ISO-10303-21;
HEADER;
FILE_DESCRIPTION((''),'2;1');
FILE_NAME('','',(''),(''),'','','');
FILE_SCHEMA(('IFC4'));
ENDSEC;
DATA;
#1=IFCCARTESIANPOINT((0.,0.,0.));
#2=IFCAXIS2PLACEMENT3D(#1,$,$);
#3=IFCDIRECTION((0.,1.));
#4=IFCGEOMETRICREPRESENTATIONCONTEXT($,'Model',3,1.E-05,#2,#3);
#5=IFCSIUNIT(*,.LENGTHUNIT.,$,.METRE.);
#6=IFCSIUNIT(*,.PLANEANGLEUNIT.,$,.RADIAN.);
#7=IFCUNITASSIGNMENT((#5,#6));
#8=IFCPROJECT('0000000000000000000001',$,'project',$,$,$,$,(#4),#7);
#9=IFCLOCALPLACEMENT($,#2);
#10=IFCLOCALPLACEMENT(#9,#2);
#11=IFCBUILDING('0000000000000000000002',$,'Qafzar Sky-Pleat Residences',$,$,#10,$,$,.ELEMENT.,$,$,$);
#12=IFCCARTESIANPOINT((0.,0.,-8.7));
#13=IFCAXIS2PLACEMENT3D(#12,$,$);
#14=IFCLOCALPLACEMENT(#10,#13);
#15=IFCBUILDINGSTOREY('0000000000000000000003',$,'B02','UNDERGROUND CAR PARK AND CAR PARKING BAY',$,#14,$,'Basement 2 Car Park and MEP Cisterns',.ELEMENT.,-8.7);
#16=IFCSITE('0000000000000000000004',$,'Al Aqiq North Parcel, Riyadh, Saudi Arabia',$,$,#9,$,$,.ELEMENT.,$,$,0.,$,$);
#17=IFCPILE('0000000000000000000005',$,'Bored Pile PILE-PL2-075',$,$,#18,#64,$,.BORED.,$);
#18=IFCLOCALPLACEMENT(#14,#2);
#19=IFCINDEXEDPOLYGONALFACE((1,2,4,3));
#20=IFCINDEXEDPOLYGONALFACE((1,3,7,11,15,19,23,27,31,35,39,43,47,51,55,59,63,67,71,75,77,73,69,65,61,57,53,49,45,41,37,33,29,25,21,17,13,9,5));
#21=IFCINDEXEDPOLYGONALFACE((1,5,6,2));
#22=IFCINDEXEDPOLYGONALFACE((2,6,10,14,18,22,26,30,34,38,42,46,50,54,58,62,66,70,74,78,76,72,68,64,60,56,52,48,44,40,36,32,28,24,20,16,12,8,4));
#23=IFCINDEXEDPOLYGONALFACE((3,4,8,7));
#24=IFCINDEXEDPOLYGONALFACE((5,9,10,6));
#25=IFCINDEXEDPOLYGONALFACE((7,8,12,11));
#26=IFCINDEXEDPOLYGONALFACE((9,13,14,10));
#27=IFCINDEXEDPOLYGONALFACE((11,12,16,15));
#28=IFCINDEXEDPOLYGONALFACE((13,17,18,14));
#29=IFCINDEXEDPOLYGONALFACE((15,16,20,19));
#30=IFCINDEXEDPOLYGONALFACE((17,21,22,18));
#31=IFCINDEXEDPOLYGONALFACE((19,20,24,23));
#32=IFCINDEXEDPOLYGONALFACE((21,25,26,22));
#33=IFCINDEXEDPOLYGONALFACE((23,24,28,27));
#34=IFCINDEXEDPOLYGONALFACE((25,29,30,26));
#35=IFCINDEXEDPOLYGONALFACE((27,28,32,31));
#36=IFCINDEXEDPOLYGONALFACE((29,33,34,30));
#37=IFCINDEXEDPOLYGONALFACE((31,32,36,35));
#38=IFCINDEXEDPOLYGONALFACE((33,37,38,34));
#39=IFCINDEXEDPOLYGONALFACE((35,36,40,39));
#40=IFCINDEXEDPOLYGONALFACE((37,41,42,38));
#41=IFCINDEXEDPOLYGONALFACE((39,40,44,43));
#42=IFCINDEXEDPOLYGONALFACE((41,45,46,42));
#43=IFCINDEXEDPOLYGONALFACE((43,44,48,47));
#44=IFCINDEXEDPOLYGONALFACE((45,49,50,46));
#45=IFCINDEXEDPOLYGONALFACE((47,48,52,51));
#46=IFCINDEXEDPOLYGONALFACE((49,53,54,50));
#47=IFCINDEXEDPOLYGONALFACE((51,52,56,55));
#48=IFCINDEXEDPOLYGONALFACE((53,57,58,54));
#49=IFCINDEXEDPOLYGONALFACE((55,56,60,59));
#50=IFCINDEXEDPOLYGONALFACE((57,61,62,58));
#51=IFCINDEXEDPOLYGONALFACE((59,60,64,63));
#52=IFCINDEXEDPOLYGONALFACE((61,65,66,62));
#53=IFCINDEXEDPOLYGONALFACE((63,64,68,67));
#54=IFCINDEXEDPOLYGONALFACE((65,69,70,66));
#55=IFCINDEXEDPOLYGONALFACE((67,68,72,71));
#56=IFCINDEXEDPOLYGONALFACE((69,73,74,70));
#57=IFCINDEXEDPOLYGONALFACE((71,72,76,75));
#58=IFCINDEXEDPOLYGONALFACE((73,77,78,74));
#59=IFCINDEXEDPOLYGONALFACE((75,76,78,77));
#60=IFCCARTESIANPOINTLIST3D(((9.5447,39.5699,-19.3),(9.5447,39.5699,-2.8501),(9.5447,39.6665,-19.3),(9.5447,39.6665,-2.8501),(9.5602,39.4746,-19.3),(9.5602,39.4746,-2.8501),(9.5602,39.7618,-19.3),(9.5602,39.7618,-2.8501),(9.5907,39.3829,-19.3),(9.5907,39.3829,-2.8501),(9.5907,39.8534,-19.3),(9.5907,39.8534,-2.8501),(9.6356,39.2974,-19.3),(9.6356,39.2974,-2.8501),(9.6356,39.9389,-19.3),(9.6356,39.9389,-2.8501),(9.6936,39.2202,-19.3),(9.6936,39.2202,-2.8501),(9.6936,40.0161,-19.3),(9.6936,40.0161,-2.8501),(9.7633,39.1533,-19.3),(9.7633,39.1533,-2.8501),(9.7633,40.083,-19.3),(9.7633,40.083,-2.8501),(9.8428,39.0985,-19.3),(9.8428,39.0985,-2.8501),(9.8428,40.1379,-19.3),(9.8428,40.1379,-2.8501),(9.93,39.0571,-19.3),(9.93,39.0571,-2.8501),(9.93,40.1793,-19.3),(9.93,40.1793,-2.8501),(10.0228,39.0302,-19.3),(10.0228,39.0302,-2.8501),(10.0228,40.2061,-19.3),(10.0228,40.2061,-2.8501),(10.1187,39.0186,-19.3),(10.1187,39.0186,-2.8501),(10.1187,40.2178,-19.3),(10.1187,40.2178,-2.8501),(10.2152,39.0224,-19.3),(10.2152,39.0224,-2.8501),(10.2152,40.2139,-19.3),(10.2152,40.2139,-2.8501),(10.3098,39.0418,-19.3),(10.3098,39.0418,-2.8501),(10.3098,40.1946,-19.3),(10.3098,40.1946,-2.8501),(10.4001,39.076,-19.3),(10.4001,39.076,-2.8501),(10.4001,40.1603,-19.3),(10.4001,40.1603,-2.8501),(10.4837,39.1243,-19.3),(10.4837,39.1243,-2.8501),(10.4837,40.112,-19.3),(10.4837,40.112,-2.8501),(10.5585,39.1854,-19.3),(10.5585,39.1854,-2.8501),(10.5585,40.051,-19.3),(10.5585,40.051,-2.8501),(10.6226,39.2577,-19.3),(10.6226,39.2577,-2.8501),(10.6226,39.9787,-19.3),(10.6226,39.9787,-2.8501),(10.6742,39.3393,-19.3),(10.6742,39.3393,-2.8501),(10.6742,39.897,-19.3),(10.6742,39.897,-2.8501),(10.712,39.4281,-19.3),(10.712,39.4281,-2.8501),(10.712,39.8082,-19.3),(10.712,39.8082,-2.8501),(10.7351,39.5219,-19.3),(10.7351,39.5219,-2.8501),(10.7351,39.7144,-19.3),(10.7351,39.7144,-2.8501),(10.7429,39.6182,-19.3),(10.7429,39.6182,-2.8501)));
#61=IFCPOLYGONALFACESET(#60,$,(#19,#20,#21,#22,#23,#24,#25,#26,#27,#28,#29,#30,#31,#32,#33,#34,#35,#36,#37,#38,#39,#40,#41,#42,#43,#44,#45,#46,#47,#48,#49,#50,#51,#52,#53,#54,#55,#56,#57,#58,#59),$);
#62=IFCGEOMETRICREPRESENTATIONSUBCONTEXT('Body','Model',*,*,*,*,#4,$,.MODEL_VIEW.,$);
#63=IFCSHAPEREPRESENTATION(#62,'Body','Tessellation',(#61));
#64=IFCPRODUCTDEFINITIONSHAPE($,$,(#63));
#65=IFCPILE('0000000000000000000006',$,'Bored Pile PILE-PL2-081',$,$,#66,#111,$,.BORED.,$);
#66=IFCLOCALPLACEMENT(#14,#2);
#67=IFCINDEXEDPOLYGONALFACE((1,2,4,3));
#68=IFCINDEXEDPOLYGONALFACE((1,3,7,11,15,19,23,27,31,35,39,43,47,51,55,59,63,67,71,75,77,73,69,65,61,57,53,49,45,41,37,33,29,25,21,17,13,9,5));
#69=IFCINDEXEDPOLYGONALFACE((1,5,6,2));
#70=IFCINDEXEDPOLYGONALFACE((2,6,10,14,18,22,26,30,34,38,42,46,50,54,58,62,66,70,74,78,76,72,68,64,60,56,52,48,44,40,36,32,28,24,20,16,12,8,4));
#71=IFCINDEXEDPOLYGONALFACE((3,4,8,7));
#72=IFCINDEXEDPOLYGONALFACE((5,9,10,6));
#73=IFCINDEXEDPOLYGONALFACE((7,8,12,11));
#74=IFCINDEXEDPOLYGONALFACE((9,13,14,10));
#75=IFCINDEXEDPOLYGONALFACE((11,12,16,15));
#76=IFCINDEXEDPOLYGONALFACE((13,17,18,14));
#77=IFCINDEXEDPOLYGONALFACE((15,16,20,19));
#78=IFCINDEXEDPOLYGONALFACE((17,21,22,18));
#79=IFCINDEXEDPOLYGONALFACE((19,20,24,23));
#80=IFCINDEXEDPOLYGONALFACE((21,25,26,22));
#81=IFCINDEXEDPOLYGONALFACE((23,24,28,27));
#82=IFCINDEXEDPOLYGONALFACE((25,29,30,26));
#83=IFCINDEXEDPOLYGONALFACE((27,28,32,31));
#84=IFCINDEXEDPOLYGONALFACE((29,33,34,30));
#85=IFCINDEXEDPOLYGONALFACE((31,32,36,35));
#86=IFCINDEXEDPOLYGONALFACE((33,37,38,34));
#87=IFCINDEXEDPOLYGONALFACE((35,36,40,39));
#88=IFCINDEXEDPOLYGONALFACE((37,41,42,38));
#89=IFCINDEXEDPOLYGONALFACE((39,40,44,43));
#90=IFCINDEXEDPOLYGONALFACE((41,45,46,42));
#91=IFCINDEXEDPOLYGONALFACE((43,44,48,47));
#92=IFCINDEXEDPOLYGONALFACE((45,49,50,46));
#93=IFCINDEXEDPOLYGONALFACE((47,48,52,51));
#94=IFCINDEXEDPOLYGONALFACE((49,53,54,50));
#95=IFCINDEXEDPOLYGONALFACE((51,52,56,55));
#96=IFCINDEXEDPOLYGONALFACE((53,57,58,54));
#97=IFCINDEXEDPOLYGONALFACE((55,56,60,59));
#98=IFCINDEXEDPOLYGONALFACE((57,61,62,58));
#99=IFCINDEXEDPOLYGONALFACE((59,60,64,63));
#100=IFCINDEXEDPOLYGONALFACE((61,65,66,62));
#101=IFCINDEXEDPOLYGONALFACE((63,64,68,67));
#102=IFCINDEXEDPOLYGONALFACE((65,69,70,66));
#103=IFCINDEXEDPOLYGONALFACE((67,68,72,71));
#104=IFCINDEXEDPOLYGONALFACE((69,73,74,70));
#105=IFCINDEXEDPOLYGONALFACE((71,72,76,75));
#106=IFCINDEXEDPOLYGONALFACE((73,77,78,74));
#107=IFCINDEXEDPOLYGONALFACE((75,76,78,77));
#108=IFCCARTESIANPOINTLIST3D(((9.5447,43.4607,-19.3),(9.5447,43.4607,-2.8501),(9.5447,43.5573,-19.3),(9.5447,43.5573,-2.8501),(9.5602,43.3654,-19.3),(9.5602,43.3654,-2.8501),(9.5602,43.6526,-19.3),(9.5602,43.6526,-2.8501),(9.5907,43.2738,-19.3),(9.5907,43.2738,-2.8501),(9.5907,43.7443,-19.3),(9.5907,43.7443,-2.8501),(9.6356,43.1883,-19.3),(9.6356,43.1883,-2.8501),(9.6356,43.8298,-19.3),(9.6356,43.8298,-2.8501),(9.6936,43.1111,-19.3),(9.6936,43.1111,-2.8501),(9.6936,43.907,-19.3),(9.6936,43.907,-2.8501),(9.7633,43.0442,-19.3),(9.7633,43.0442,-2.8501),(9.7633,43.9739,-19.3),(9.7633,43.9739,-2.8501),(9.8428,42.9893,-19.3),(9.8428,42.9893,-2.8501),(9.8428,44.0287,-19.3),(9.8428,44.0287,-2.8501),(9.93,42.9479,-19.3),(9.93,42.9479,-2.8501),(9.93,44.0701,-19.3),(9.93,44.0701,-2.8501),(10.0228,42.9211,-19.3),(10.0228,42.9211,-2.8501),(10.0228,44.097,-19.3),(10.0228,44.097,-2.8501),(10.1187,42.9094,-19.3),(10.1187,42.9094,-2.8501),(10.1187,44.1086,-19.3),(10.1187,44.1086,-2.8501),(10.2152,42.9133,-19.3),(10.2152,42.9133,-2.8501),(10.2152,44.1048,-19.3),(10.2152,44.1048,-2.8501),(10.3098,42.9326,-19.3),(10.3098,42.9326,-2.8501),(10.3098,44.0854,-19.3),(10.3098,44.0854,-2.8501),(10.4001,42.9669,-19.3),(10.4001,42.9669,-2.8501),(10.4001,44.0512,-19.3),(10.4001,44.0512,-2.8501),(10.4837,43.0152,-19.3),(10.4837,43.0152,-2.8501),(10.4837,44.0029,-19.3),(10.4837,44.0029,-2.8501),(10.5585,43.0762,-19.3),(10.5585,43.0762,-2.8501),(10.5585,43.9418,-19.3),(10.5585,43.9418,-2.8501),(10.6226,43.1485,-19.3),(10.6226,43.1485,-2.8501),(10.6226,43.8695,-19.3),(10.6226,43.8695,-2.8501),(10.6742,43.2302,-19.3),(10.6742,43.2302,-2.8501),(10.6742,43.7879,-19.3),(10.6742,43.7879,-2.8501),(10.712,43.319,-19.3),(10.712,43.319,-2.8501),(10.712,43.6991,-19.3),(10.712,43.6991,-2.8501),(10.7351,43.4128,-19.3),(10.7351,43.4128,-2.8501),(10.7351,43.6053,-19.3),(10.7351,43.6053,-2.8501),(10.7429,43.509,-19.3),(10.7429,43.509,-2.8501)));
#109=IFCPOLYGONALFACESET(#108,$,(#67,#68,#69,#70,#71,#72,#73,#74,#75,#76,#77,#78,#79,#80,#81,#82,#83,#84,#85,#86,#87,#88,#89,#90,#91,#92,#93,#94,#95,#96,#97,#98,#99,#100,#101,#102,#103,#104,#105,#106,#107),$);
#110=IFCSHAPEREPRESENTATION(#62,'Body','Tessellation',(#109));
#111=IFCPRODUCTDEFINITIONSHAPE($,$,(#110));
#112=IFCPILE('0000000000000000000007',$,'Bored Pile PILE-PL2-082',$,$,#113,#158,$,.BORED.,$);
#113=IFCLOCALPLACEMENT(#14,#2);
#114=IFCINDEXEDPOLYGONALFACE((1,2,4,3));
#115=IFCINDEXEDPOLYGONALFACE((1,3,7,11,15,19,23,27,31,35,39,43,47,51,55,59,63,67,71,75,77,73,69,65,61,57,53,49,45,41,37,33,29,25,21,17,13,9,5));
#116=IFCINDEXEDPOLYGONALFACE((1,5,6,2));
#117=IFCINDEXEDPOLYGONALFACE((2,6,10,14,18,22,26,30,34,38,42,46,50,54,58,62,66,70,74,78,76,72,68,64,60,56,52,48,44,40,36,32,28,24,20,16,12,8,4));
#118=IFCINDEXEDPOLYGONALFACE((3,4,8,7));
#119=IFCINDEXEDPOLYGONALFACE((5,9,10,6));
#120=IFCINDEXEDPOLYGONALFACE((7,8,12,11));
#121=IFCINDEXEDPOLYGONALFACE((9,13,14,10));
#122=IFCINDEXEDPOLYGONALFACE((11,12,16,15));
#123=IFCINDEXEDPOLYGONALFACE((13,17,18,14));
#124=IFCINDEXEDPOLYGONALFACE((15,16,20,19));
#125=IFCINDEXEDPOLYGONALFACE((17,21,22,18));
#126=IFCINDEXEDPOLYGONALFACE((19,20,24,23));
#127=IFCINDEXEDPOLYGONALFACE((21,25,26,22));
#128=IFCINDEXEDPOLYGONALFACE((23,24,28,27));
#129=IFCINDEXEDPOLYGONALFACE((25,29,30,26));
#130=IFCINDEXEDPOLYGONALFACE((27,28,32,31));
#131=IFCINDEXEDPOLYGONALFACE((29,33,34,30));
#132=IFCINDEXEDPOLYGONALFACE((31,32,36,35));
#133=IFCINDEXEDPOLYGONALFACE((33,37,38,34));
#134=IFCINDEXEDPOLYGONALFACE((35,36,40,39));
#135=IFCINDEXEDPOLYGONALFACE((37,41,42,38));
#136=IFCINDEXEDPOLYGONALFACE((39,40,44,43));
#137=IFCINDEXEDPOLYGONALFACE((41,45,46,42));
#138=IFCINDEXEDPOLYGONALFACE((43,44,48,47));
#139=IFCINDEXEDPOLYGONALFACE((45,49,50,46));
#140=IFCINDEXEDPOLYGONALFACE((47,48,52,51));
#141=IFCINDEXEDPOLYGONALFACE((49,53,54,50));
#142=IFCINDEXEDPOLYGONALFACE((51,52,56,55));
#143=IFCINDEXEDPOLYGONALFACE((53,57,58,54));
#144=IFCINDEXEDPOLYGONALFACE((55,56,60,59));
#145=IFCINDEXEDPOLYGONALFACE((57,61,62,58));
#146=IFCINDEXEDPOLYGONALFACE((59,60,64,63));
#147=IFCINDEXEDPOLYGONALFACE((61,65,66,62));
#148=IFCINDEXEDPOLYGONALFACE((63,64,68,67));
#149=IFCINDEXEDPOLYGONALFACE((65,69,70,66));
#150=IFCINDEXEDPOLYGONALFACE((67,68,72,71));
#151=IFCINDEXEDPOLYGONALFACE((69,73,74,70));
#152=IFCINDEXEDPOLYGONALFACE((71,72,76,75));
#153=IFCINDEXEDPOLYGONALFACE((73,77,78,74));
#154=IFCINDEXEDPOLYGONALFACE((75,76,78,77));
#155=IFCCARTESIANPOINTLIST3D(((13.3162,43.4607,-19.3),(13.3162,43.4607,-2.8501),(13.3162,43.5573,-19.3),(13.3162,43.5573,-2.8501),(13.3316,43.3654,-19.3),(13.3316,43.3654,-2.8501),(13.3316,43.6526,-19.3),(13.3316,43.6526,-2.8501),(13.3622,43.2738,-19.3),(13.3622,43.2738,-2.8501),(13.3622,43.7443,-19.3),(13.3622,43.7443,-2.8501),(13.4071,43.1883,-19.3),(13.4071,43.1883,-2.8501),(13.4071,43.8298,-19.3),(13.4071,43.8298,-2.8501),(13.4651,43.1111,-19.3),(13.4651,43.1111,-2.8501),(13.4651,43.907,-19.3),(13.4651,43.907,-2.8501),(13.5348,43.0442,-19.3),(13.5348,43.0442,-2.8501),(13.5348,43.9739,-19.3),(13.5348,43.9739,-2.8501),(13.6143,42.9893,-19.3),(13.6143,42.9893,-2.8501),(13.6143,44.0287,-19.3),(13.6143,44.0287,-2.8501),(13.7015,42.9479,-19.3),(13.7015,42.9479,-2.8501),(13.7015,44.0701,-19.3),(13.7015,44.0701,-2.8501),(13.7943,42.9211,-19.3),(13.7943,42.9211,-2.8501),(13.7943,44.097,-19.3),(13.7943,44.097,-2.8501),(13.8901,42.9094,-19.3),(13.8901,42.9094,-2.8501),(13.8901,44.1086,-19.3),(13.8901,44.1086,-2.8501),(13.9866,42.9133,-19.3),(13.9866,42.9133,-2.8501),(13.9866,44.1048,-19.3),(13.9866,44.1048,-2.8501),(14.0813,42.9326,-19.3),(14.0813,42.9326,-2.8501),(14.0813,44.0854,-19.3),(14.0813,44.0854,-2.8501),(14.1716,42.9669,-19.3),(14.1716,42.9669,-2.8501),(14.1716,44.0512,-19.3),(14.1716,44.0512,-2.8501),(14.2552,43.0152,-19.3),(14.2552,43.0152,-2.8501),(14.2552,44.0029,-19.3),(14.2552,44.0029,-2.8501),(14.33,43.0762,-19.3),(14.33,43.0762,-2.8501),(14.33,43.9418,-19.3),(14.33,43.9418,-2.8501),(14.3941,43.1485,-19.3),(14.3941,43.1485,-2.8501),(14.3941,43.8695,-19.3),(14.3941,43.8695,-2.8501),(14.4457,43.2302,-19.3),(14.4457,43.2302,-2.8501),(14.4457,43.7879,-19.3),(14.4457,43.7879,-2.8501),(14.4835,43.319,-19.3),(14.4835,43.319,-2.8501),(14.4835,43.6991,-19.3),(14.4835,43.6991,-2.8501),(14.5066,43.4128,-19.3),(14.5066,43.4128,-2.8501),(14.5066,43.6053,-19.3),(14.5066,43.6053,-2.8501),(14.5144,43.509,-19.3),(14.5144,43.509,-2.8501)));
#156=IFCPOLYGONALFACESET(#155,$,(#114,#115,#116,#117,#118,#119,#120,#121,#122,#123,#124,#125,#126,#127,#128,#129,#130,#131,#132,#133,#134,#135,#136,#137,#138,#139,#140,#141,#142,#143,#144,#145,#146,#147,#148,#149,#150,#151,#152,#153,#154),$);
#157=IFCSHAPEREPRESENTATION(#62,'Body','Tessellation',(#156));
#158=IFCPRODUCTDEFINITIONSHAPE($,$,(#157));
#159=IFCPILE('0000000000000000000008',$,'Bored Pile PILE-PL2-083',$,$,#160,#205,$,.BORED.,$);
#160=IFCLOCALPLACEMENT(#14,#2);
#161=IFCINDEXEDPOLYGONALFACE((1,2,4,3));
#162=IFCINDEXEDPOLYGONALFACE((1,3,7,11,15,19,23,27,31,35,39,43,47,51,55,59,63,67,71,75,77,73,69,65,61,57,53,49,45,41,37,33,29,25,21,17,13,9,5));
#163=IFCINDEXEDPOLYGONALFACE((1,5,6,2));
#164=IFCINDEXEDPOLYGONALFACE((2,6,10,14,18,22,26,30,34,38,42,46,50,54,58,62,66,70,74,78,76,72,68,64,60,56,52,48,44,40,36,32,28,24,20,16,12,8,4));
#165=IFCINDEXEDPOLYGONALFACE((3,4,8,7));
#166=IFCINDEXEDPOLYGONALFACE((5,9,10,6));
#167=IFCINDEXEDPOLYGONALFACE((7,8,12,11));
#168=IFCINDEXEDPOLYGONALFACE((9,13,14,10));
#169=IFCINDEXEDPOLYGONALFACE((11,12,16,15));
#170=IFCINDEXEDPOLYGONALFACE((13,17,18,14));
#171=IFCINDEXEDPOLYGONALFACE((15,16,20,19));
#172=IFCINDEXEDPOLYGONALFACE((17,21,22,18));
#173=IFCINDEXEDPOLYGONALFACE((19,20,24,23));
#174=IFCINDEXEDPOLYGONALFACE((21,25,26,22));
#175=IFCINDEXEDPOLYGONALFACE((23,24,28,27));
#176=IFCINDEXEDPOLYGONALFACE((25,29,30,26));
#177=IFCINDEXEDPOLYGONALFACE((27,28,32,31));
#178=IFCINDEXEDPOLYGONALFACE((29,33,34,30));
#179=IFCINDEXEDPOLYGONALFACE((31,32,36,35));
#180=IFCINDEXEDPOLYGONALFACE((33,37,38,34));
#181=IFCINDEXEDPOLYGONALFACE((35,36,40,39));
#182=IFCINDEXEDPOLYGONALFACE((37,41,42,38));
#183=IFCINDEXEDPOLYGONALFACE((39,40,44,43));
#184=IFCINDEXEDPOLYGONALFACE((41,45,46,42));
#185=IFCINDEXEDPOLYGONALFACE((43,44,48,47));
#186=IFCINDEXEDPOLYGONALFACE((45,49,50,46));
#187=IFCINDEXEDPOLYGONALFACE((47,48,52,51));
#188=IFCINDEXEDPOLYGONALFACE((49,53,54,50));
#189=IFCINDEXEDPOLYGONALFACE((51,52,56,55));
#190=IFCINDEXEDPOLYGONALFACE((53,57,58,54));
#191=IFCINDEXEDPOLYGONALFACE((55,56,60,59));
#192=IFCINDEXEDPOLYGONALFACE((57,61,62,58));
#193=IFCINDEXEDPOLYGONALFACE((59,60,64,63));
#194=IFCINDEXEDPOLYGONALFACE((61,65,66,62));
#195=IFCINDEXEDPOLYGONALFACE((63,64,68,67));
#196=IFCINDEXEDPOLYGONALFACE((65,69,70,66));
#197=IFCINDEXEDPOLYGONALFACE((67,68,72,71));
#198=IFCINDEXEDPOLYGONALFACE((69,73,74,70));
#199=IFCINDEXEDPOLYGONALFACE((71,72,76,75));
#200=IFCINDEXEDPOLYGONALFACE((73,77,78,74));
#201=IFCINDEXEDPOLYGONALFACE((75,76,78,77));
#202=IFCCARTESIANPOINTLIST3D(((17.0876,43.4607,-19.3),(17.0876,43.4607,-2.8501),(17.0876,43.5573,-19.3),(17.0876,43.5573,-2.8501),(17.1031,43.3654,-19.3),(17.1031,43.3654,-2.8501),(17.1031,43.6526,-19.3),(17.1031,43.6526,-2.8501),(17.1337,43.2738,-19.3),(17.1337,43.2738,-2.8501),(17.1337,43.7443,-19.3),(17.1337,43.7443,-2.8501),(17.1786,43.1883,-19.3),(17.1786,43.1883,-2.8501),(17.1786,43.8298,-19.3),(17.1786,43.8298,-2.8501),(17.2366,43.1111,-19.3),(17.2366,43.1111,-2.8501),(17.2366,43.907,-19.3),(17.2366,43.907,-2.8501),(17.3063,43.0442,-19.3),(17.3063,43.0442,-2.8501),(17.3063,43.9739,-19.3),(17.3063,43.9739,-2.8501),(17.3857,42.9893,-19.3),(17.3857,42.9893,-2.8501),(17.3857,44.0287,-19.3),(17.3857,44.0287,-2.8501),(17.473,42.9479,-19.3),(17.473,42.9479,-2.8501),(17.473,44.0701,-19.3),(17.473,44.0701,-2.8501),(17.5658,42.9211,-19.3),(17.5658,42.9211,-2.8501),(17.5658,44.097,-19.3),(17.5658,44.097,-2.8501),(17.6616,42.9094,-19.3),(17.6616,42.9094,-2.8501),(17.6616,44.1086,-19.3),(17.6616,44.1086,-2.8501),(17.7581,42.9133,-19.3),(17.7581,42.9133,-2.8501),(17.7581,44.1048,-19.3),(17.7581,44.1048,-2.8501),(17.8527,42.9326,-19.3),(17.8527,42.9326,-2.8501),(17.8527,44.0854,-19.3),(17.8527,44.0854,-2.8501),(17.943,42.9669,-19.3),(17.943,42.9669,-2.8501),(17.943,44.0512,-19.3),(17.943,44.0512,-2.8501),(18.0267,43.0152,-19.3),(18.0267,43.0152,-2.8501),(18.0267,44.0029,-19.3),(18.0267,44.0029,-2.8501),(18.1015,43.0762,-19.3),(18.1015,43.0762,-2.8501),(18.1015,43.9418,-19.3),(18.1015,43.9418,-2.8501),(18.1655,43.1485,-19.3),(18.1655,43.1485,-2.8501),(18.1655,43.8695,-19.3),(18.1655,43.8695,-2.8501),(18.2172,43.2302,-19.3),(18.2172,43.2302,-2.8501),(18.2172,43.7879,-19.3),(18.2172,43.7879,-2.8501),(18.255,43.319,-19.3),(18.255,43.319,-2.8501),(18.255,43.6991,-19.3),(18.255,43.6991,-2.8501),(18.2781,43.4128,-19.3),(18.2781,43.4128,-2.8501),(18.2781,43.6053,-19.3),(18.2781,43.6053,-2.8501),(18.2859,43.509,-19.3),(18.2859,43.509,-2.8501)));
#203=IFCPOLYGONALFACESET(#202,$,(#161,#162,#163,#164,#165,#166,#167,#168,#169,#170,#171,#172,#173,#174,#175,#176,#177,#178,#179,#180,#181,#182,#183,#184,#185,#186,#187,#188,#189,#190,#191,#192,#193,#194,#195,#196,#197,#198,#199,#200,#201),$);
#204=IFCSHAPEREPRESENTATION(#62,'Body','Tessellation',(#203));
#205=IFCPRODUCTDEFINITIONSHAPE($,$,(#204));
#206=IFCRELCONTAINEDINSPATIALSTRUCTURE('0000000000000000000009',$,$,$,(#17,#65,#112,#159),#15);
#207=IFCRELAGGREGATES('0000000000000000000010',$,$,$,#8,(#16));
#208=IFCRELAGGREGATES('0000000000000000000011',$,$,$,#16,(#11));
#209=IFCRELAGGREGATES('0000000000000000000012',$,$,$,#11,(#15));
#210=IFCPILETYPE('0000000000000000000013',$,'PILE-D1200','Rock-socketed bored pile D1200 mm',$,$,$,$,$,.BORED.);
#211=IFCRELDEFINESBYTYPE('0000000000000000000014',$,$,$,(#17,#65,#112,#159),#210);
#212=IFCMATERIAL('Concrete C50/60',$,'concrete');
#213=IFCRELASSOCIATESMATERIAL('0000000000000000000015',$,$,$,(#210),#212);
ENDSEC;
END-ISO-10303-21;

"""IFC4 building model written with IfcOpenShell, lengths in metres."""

from ifc_helpers import new_model, si_unit, direction, frame, origin, origin_2d, place, context, subcontext, project, spatial, circle, extrude, source, transform, mapped, material, material_profile, profile_set, type_object, element, save


model = new_model("IFC4")

# Units and contexts
model_context = context("Model", 3, precision=1e-05, world=origin(), true_north=direction((0.0, 1.0)))
body_context = subcontext(model_context, "Body", "Model", "MODEL_VIEW")
ifc_project = project(units=[si_unit("LENGTHUNIT", "METRE"), si_unit("PLANEANGLEUNIT", "RADIAN")], contexts=[model_context])

# Site, building, storey
site_placement = place(None, origin())
site = spatial("IfcSite", under=ifc_project, at=site_placement, Name="Al Aqiq North Parcel, Riyadh, Saudi Arabia", CompositionType="ELEMENT", RefElevation=0.0)
building_placement = place(site_placement, origin())
building = spatial("IfcBuilding", under=site, at=building_placement, Name="Qafzar Sky-Pleat Residences", CompositionType="ELEMENT")
storey_placement = place(building_placement, frame((0.0, 0.0, -8.7)))
storey = spatial("IfcBuildingStorey", under=building, at=storey_placement, Name="B02", Description="UNDERGROUND CAR PARK AND CAR PARKING BAY", LongName="Basement 2 Car Park and MEP Cisterns", CompositionType="ELEMENT", Elevation=-8.7)

# Piles
ifc_material_1 = material(Name="Concrete C50/60", Category="concrete")
ifc_material_profile_1 = material_profile(ifc_material_1, circle(Radius=0.6001, at=origin_2d()), Name="PILE D1200")
ifc_profile_set_1 = profile_set([ifc_material_profile_1], Name="Concrete C50/60")
pile_type_1 = type_object("IfcPileType", Name="PILE-D1200", Description="Rock-socketed bored pile D1200 mm", PredefinedType="BORED", material=ifc_profile_set_1)
shared_shape_1 = source(origin(), body_context, "Body", "SweptSolid", [
    extrude(circle(Radius=0.6001, at=origin_2d()), origin(), (0.0, 0.0, 1.0), 16.45),
])
for number, where, z_axis, x_axis, name in (
    (1, (10.1428, 39.6182, -2.8501), (0.0, 0.0, -1.0), (1.0, 0.0, 0.0), "Bored Pile PILE-PL2-075"),
    (2, (10.1428, 43.509, -2.8501), (0.0, 0.0, -1.0), (1.0, 0.0, 0.0), "Bored Pile PILE-PL2-081"),
    (3, (13.9143, 43.509, -2.8501), (0.0, 0.0, -1.0), (1.0, 0.0, 0.0), "Bored Pile PILE-PL2-082"),
    (4, (17.6858, 43.509, -2.8501), (0.0, 0.0, -1.0), (1.0, 0.0, 0.0), "Bored Pile PILE-PL2-083"),
):
    element("IfcPile", number, at=place(storey_placement, frame(where, z_axis=z_axis, x_axis=x_axis)), inside=storey, type_object=pile_type_1, Name=name, PredefinedType="BORED", context=body_context, shape_type="MappedRepresentation", body=[
        mapped(shared_shape_1, transform((0.0, 0.0, 0.0), x_axis=(1.0, 0.0, 0.0), y_axis=(0.0, 1.0, 0.0), z_axis=(0.0, 0.0, 1.0), scale=1.0)),
    ])

save(model, "model.ifc")
